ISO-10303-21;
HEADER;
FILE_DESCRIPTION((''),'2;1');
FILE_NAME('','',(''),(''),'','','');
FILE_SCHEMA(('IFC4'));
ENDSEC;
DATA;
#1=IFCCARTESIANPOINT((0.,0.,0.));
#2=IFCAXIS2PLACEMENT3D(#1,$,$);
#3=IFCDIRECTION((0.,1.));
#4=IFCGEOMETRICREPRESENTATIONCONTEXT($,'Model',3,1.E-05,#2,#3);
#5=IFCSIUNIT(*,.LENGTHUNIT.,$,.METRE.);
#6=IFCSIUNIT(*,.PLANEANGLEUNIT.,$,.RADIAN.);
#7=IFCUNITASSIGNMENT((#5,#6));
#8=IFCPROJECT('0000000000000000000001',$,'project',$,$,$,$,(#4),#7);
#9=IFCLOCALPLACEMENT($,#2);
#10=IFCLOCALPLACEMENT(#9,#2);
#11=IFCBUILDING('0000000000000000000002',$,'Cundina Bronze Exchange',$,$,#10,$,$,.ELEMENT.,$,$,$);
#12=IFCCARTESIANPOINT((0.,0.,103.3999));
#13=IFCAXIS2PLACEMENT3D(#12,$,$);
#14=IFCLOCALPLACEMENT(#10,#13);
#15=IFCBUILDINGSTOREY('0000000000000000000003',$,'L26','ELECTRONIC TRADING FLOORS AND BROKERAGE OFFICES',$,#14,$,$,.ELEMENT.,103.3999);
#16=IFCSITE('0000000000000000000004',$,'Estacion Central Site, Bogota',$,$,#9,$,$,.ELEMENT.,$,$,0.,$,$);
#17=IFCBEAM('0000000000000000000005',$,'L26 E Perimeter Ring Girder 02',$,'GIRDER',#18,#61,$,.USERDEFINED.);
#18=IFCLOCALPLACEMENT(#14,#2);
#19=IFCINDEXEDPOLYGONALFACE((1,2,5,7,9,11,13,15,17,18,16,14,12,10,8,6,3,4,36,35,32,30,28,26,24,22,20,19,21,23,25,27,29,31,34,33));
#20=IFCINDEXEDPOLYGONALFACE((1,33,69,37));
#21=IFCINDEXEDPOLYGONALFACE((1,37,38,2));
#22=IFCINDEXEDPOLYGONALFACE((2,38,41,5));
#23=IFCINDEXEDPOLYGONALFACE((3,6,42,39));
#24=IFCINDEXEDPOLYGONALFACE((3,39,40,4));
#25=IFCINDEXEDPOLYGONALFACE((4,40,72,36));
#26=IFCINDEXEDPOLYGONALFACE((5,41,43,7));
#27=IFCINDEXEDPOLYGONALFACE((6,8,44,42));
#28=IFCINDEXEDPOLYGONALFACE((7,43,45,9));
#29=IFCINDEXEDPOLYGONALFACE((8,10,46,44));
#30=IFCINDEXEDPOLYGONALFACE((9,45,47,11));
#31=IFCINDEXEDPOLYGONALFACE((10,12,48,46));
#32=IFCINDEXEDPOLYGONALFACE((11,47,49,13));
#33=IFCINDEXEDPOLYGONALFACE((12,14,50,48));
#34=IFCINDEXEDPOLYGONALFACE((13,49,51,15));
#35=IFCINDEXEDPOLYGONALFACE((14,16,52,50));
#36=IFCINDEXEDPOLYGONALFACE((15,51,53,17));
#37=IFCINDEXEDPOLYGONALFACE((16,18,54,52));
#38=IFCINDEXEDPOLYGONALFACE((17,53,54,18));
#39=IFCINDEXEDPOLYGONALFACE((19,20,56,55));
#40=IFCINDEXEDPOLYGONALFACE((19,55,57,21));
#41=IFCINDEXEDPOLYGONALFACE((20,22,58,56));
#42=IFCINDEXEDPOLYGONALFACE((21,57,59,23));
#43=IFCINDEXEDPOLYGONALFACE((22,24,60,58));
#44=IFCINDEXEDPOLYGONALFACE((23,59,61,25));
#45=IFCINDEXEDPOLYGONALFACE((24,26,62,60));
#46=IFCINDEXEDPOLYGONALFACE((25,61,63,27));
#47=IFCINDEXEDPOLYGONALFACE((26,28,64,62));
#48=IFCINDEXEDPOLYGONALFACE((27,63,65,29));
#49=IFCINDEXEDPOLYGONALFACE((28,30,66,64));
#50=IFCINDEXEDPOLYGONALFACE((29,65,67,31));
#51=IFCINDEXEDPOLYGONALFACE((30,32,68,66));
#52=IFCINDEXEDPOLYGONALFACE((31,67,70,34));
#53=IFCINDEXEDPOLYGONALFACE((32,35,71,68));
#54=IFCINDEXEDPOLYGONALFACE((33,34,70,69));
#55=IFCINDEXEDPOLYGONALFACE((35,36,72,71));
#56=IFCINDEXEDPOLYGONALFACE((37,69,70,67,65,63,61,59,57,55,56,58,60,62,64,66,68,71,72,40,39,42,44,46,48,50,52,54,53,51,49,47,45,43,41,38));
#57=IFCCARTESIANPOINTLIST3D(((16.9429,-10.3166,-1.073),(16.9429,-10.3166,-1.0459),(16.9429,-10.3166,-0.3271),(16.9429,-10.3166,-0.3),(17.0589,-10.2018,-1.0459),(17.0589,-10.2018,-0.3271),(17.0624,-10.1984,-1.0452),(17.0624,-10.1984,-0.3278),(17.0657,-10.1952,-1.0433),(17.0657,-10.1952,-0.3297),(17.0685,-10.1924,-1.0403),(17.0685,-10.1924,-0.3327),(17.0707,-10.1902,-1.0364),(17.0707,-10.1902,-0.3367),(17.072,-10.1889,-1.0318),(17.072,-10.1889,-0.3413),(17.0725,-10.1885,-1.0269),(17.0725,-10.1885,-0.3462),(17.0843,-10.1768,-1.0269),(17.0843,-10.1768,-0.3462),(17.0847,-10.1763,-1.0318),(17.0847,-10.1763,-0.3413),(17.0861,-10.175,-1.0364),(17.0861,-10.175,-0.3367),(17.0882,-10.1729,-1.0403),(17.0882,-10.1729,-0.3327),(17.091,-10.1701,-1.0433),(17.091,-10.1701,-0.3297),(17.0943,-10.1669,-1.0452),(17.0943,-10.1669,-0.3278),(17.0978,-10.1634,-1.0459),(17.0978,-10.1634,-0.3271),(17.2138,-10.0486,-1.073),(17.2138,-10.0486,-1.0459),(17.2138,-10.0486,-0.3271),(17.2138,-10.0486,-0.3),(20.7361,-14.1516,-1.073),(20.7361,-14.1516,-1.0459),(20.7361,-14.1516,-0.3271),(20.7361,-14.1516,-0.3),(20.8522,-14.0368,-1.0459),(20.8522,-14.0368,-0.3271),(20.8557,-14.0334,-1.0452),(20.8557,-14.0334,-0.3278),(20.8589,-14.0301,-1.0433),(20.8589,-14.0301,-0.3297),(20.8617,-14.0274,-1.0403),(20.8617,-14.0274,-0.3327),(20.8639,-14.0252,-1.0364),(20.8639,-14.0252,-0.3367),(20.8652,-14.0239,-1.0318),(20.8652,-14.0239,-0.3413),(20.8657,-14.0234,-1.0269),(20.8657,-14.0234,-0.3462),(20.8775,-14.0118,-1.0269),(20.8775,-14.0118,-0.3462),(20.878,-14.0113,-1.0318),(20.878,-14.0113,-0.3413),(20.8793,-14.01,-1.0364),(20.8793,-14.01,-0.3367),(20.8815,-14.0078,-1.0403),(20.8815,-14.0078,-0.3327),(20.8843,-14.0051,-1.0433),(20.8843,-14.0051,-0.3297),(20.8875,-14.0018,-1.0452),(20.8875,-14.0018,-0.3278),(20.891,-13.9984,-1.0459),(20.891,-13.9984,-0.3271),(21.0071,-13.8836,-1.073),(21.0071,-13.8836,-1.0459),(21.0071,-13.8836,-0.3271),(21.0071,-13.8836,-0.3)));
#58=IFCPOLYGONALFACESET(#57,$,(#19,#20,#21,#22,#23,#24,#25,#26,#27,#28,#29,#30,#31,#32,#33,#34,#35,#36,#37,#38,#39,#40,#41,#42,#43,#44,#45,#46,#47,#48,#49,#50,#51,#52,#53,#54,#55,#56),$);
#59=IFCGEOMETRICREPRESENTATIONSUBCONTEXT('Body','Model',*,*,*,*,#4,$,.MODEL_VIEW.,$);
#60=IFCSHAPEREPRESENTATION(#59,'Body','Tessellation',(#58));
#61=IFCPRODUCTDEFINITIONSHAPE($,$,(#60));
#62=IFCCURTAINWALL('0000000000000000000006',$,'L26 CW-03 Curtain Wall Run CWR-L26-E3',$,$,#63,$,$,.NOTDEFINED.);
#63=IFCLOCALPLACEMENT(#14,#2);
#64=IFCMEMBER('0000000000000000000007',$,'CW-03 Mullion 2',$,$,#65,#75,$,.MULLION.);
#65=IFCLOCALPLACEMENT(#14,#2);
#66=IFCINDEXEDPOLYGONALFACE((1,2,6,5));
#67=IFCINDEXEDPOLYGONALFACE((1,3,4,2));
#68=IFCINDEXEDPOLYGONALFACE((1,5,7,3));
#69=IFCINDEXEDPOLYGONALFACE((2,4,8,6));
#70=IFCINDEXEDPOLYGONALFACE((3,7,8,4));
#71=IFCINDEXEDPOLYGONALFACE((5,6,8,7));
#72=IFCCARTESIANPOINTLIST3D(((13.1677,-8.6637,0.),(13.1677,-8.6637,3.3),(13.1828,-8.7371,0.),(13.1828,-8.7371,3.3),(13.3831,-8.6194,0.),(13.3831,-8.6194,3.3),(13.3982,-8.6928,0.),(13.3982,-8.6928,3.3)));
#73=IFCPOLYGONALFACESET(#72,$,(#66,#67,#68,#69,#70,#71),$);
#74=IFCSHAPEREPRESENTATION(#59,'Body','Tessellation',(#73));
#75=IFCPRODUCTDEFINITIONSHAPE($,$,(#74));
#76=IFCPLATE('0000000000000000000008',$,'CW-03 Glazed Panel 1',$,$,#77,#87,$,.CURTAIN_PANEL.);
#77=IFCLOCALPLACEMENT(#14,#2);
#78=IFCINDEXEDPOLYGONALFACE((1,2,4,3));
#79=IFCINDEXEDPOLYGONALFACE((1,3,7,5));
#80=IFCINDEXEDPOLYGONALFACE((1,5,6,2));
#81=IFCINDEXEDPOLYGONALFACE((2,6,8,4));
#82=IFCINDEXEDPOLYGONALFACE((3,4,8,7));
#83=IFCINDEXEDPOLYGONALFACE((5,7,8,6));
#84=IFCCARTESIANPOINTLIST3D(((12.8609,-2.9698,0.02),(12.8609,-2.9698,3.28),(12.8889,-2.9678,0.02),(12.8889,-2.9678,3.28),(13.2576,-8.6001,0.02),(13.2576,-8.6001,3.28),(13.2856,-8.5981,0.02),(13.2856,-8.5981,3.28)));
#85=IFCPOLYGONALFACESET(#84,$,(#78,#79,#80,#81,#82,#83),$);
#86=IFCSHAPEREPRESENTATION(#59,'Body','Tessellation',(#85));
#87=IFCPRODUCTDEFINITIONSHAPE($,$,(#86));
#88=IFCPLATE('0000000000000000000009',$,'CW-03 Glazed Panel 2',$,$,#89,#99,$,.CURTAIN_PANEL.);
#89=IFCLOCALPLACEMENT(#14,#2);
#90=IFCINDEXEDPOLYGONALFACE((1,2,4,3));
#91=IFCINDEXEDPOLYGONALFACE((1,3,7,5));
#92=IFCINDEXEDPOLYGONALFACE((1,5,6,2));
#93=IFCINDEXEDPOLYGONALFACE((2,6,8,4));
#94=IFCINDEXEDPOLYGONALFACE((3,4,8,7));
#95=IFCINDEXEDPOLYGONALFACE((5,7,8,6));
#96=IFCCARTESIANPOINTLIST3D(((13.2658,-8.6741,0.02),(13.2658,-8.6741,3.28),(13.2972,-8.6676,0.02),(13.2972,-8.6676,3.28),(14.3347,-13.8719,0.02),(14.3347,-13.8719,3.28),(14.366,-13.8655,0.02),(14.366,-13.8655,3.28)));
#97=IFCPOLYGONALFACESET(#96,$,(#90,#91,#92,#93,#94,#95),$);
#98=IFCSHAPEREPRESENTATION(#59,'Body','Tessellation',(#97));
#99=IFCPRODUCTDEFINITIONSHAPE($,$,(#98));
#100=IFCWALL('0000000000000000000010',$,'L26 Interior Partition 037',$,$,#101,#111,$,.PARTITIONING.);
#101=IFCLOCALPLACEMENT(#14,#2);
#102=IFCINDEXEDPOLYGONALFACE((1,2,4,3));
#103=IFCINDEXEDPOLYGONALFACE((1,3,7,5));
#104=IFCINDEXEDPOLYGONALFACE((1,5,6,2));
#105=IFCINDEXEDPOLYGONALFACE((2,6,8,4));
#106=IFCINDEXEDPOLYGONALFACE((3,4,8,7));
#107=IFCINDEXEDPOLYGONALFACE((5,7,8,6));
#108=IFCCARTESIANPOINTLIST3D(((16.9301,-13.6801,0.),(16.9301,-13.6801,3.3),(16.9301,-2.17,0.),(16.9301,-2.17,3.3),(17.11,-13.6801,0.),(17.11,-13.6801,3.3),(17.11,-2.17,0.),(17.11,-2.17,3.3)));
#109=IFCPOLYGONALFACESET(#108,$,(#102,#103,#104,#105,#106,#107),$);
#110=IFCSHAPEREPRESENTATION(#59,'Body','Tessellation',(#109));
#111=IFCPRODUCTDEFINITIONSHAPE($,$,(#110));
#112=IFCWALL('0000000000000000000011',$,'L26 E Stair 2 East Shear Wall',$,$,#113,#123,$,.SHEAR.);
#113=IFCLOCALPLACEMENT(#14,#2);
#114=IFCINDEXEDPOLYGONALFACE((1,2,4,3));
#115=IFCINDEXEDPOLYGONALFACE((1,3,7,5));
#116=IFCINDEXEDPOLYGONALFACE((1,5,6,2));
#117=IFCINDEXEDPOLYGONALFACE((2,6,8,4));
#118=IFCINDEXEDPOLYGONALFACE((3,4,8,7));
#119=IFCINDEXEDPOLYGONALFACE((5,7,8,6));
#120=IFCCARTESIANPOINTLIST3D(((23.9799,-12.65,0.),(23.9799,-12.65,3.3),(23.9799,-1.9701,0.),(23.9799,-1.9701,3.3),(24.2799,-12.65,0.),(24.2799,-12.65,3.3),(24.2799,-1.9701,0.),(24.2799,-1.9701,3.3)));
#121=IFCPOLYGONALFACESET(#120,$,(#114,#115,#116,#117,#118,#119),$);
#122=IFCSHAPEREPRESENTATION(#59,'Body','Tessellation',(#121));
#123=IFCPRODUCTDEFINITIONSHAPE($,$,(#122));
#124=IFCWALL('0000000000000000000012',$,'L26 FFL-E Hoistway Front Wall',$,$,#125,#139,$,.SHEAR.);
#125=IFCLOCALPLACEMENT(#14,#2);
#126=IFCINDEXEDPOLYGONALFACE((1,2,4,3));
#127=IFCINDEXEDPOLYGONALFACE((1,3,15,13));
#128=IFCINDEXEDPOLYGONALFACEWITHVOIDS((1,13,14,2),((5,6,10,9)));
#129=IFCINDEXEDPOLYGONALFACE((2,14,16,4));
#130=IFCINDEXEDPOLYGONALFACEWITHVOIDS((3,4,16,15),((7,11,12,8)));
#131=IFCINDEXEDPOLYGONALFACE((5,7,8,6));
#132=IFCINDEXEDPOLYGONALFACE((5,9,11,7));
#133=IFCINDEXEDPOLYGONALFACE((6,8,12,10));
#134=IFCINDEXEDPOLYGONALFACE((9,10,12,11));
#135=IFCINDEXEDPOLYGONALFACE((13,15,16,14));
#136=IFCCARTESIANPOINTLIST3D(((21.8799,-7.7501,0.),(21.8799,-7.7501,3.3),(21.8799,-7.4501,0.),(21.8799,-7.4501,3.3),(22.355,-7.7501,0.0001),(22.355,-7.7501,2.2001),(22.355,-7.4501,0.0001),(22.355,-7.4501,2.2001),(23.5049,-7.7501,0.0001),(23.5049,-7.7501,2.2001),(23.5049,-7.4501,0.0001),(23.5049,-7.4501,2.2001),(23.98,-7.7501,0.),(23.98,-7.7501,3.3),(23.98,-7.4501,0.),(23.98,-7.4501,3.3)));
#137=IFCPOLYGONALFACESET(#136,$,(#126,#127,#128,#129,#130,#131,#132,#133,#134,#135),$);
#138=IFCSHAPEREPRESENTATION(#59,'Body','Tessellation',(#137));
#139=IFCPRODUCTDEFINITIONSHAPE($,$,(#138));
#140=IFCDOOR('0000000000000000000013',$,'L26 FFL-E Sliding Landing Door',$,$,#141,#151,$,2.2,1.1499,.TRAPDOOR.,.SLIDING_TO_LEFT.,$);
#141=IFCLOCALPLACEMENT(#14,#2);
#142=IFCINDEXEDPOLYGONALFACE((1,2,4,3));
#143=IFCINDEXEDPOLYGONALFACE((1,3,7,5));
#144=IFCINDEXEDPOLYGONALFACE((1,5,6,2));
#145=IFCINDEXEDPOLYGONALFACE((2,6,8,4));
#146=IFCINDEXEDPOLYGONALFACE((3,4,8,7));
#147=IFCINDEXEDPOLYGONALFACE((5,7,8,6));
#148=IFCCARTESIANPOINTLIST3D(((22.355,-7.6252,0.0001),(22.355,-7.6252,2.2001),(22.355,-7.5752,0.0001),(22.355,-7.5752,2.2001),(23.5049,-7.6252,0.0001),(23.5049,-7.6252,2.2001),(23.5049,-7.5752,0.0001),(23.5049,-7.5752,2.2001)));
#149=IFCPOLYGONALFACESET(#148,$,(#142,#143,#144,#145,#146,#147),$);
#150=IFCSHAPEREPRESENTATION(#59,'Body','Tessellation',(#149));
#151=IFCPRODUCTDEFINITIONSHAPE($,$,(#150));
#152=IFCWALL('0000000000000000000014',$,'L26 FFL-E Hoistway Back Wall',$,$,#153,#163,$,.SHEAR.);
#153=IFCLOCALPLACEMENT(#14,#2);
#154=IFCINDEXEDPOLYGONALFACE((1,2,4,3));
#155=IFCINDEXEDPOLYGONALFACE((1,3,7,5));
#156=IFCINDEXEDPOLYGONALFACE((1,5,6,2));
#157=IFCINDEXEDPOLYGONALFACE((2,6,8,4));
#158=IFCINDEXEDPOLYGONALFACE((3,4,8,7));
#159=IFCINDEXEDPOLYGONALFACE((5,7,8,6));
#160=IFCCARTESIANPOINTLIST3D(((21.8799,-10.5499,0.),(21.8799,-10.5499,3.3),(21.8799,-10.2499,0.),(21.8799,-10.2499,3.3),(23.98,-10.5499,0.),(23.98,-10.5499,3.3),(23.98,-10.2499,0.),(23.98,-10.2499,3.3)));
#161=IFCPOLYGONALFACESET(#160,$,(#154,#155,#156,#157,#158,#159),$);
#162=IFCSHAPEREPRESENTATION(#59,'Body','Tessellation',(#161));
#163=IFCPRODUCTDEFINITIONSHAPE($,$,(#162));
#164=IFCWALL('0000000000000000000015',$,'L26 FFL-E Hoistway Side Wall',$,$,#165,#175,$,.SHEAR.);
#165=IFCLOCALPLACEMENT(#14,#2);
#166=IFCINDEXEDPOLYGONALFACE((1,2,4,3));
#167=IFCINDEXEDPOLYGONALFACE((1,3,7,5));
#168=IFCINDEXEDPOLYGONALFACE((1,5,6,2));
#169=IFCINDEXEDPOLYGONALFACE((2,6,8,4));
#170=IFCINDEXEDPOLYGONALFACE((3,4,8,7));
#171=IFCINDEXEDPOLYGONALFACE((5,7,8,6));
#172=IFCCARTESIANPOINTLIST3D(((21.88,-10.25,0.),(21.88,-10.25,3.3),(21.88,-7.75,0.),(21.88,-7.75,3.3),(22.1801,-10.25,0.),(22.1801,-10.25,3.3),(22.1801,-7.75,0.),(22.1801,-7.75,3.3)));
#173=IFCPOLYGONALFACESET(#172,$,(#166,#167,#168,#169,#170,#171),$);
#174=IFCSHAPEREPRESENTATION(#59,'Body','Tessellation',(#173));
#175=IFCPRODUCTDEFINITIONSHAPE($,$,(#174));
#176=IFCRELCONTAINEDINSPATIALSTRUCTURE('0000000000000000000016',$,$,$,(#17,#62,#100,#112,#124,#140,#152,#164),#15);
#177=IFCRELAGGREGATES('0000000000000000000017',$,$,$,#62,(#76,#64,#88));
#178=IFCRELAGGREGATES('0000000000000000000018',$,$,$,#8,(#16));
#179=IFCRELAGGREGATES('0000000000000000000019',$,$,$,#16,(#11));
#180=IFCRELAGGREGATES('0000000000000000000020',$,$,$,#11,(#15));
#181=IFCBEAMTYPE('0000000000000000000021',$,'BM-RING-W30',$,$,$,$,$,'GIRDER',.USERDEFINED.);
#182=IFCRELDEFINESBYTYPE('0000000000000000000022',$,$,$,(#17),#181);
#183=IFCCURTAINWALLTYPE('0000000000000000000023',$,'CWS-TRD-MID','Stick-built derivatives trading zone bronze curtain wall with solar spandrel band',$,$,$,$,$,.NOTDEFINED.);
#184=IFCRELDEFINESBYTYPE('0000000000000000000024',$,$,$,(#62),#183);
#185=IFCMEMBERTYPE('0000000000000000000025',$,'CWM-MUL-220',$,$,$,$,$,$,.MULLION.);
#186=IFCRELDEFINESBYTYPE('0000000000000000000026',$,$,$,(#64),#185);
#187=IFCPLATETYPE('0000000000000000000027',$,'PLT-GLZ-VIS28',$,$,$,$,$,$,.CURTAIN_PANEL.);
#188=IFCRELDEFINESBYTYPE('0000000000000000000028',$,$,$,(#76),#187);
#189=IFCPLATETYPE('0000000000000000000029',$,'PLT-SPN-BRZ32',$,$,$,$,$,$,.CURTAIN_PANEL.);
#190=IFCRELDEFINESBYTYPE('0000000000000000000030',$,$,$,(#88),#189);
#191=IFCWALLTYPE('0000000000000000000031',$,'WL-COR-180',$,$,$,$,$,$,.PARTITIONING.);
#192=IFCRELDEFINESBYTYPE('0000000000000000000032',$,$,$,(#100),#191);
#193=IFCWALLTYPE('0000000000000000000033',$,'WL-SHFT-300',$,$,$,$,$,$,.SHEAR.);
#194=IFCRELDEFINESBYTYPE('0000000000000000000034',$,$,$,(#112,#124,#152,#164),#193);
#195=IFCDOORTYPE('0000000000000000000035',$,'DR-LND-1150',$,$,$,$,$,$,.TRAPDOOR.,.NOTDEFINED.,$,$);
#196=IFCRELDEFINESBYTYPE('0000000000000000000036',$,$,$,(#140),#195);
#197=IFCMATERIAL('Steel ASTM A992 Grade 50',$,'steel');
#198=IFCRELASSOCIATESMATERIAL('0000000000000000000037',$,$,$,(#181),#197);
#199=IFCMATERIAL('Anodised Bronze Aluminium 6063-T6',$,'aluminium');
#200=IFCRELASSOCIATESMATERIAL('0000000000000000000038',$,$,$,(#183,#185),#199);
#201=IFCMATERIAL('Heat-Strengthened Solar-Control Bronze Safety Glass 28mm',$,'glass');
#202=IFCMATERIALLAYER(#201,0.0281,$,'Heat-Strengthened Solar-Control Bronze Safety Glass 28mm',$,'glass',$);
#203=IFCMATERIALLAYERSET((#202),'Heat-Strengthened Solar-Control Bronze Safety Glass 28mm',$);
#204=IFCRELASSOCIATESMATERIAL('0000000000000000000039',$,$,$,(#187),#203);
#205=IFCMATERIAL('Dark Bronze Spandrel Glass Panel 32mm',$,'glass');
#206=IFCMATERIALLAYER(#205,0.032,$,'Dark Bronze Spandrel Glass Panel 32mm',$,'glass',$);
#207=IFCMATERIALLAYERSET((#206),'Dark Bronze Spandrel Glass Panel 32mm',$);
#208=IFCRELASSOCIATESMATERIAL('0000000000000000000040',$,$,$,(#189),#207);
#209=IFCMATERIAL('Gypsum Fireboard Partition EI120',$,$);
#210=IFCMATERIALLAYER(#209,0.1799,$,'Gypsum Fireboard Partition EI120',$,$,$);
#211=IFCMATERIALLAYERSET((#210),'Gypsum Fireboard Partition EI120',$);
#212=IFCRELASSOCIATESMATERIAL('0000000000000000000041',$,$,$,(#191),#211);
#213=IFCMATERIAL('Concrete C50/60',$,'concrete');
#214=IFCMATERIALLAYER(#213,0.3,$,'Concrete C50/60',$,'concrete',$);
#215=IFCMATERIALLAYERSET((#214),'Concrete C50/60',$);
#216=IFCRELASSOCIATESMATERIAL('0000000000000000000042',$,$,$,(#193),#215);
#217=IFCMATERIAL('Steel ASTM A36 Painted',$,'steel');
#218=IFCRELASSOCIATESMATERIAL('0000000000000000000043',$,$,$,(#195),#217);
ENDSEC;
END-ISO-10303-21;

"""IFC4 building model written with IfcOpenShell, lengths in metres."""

from ifc_helpers import new_model, si_unit, direction, frame, frame_2d, origin, origin_2d, place, context, subcontext, project, spatial, rectangle, i_section, extrude, material, layer, layer_set, material_profile, profile_set, type_object, element, fill, aggregate, save


model = new_model("IFC4")

# Units and contexts
model_context = context("Model", 3, precision=1e-05, world=origin(), true_north=direction((0.0, 1.0)))
body_context = subcontext(model_context, "Body", "Model", "MODEL_VIEW")
ifc_project = project(units=[si_unit("LENGTHUNIT", "METRE"), si_unit("PLANEANGLEUNIT", "RADIAN")], contexts=[model_context])

# Site, building, storey
site_placement = place(None, origin())
site = spatial("IfcSite", under=ifc_project, at=site_placement, Name="Estacion Central Site, Bogota", CompositionType="ELEMENT", RefElevation=0.0)
building_placement = place(site_placement, origin())
building = spatial("IfcBuilding", under=site, at=building_placement, Name="Cundina Bronze Exchange", CompositionType="ELEMENT")
storey_placement = place(building_placement, frame((0.0, 0.0, 103.3999)))
storey = spatial("IfcBuildingStorey", under=building, at=storey_placement, Name="L26", Description="ELECTRONIC TRADING FLOORS AND BROKERAGE OFFICES", CompositionType="ELEMENT", Elevation=103.3999)

# Beam
ifc_material_1 = material(Name="Steel ASTM A992 Grade 50", Category="steel")
ifc_material_profile_1 = material_profile(ifc_material_1, i_section(OverallWidth=0.3811, OverallDepth=0.7729, WebThickness=0.0166, FlangeThickness=0.0271, FilletRadius=0.019, at=origin_2d()), Name="W30X173", Category="steel")
ifc_profile_set_1 = profile_set([ifc_material_profile_1], Name="Steel ASTM A992 Grade 50")
beam_type_1 = type_object("IfcBeamType", Name="BM-RING-W30", ElementType="GIRDER", PredefinedType="USERDEFINED", material=ifc_profile_set_1)
beam_1_placement = place(storey_placement, frame((17.0784, -10.1826, -0.6865), z_axis=(0.703226, -0.710966, 0.0), x_axis=(0.710966, 0.703226, 0.0)))
element("IfcBeam", 1, at=beam_1_placement, inside=storey, type_object=beam_type_1, Name="L26 E Perimeter Ring Girder 02", ObjectType="GIRDER", PredefinedType="USERDEFINED", context=body_context, shape_type="SweptSolid", body=[
    extrude(i_section(OverallWidth=0.3811, OverallDepth=0.7729, WebThickness=0.0166, FlangeThickness=0.0271, FilletRadius=0.019, at=origin_2d()), origin(), (0.0, 0.0, 1.0), 5.394),
])

# Curtain wall, member, plates
ifc_material_2 = material(Name="Anodised Bronze Aluminium 6063-T6", Category="aluminium")
curtain_wall_type = type_object("IfcCurtainWallType", Name="CWS-TRD-MID", Description="Stick-built derivatives trading zone bronze curtain wall with solar spandrel band", PredefinedType="NOTDEFINED", material=ifc_material_2)
curtain_wall_placement = place(storey_placement, origin())
curtain_wall = element("IfcCurtainWall", 2, at=curtain_wall_placement, inside=storey, type_object=curtain_wall_type, Name="L26 CW-03 Curtain Wall Run CWR-L26-E3", PredefinedType="NOTDEFINED")
ifc_material_profile_2 = material_profile(ifc_material_2, rectangle(XDim=0.075, YDim=0.22, at=origin_2d()), Name="AL75X220", Category="aluminium")
ifc_profile_set_2 = profile_set([ifc_material_profile_2], Name="Anodised Bronze Aluminium 6063-T6")
member_type = type_object("IfcMemberType", Name="CWM-MUL-220", PredefinedType="MULLION", material=ifc_profile_set_2)
member_placement = place(storey_placement, frame((13.283, -8.6782, 0.0), z_axis=(0.0, 0.0, 1.0), x_axis=(0.20142, -0.979505, 0.0)))
member = element("IfcMember", 3, at=member_placement, type_object=member_type, Name="CW-03 Mullion 2", PredefinedType="MULLION", context=body_context, shape_type="SweptSolid", body=[
    extrude(rectangle(XDim=0.075, YDim=0.22, at=origin_2d()), origin(), (0.0, 0.0, 1.0), 3.3),
])
ifc_material_3 = material(Name="Heat-Strengthened Solar-Control Bronze Safety Glass 28mm", Category="glass")
ifc_layer_1 = layer(ifc_material_3, 0.0281, Name="Heat-Strengthened Solar-Control Bronze Safety Glass 28mm", Category="glass")
ifc_layer_set_1 = layer_set([ifc_layer_1], Name="Heat-Strengthened Solar-Control Bronze Safety Glass 28mm")
plate_type_1 = type_object("IfcPlateType", Name="PLT-GLZ-VIS28", PredefinedType="CURTAIN_PANEL", material=ifc_layer_set_1)
plate_1_placement = place(storey_placement, frame((13.0732, -5.7839, 0.02), z_axis=(0.0, 0.0, 1.0), x_axis=(0.070279, -0.997527, 0.0)))
plate_1 = element("IfcPlate", 4, at=plate_1_placement, type_object=plate_type_1, Name="CW-03 Glazed Panel 1", PredefinedType="CURTAIN_PANEL", context=body_context, shape_type="SweptSolid", body=[
    extrude(rectangle(XDim=5.6443, YDim=0.0281, at=origin_2d()), origin(), (0.0, 0.0, 1.0), 3.26),
])
ifc_material_4 = material(Name="Dark Bronze Spandrel Glass Panel 32mm", Category="glass")
ifc_layer_2 = layer(ifc_material_4, 0.032, Name="Dark Bronze Spandrel Glass Panel 32mm", Category="glass")
ifc_layer_set_2 = layer_set([ifc_layer_2], Name="Dark Bronze Spandrel Glass Panel 32mm")
plate_type_2 = type_object("IfcPlateType", Name="PLT-SPN-BRZ32", PredefinedType="CURTAIN_PANEL", material=ifc_layer_set_2)
plate_2_placement = place(storey_placement, frame((13.8159, -11.2698, 0.02), z_axis=(0.0, 0.0, 1.0), x_axis=(0.20142, -0.979505, 0.0)))
plate_2 = element("IfcPlate", 5, at=plate_2_placement, type_object=plate_type_2, Name="CW-03 Glazed Panel 2", PredefinedType="CURTAIN_PANEL", context=body_context, shape_type="SweptSolid", body=[
    extrude(rectangle(XDim=5.3066, YDim=0.032, at=origin_2d()), origin(), (0.0, 0.0, 1.0), 3.26),
])
aggregate(curtain_wall, [plate_1, member, plate_2])

# Walls
ifc_material_5 = material(Name="Gypsum Fireboard Partition EI120")
ifc_layer_3 = layer(ifc_material_5, 0.1799, Name="Gypsum Fireboard Partition EI120")
ifc_layer_set_3 = layer_set([ifc_layer_3], Name="Gypsum Fireboard Partition EI120")
wall_type_1 = type_object("IfcWallType", Name="WL-COR-180", PredefinedType="PARTITIONING", material=ifc_layer_set_3)
wall_1_placement = place(storey_placement, frame((17.02, -13.6799, 0.0), z_axis=(0.0, 0.0, 1.0), x_axis=(0.0, 1.0, 0.0)))
element("IfcWall", 6, at=wall_1_placement, inside=storey, type_object=wall_type_1, Name="L26 Interior Partition 037", PredefinedType="PARTITIONING", context=body_context, shape_type="SweptSolid", body=[
    extrude(rectangle(XDim=11.51, YDim=0.1799, at=frame_2d((5.7549, 0.0))), origin(), (0.0, 0.0, 1.0), 3.3),
])
ifc_material_6 = material(Name="Concrete C50/60", Category="concrete")
ifc_layer_4 = layer(ifc_material_6, 0.3, Name="Concrete C50/60", Category="concrete")
ifc_layer_set_4 = layer_set([ifc_layer_4], Name="Concrete C50/60")
wall_type_2 = type_object("IfcWallType", Name="WL-SHFT-300", PredefinedType="SHEAR", material=ifc_layer_set_4)
wall_2_placement = place(storey_placement, frame((24.1299, -12.6499, 0.0), z_axis=(0.0, 0.0, 1.0), x_axis=(0.0, 1.0, 0.0)))
element("IfcWall", 7, at=wall_2_placement, inside=storey, type_object=wall_type_2, Name="L26 E Stair 2 East Shear Wall", PredefinedType="SHEAR", context=body_context, shape_type="SweptSolid", body=[
    extrude(rectangle(XDim=10.6799, YDim=0.3, at=frame_2d((5.3398, 0.0))), origin(), (0.0, 0.0, 1.0), 3.3),
])

# Wall, opening, door
ifc_material_7 = material(Name="Steel ASTM A36 Painted", Category="steel")
wall_3_placement = place(storey_placement, frame((21.8799, -7.6001, 0.0), z_axis=(0.0, 0.0, 1.0), x_axis=(1.0, 0.0, 0.0)))
wall_3 = element("IfcWall", 8, at=wall_3_placement, inside=storey, type_object=wall_type_2, Name="L26 FFL-E Hoistway Front Wall", PredefinedType="SHEAR", context=body_context, shape_type="SweptSolid", body=[
    extrude(rectangle(XDim=2.1001, YDim=0.3, at=frame_2d((1.05, 0.0))), origin(), (0.0, 0.0, 1.0), 3.3),
])
opening_1_placement = place(wall_3_placement, frame((0.4751, 0.0, 0.0)))
opening_1 = element("IfcOpeningElement", 9, at=opening_1_placement, cuts=wall_3, PredefinedType="OPENING", context=body_context, shape_type="SweptSolid", body=[
    extrude(rectangle(XDim=1.1499, YDim=2.2, at=frame_2d((0.575, 1.1001))), frame((0.0, 0.1599, 0.0), z_axis=(0.0, -1.0, 0.0), x_axis=(1.0, 0.0, 0.0)), (0.0, 0.0, 1.0), 0.3201),
])
door_type_1 = type_object("IfcDoorType", Name="DR-LND-1150", OperationType="NOTDEFINED", PredefinedType="TRAPDOOR", material=ifc_material_7)
door_1_placement = place(opening_1_placement, origin())
door_1 = element("IfcDoor", 10, at=door_1_placement, inside=storey, type_object=door_type_1, Name="L26 FFL-E Sliding Landing Door", OperationType="SLIDING_TO_LEFT", OverallHeight=2.2, OverallWidth=1.1499, PredefinedType="TRAPDOOR", context=body_context, shape_type="SweptSolid", body=[
    extrude(rectangle(XDim=1.1499, YDim=2.2, at=frame_2d((0.575, 1.1001))), frame((0.0, 0.0249, 0.0), z_axis=(0.0, -1.0, 0.0), x_axis=(1.0, 0.0, 0.0)), (0.0, 0.0, 1.0), 0.05),
])
fill(opening_1, door_1)

# Walls
wall_4_placement = place(storey_placement, frame((21.8799, -10.3999, 0.0), z_axis=(0.0, 0.0, 1.0), x_axis=(1.0, 0.0, 0.0)))
element("IfcWall", 11, at=wall_4_placement, inside=storey, type_object=wall_type_2, Name="L26 FFL-E Hoistway Back Wall", PredefinedType="SHEAR", context=body_context, shape_type="SweptSolid", body=[
    extrude(rectangle(XDim=2.1001, YDim=0.3, at=frame_2d((1.05, 0.0))), origin(), (0.0, 0.0, 1.0), 3.3),
])
wall_5_placement = place(storey_placement, frame((22.03, -10.25, 0.0), z_axis=(0.0, 0.0, 1.0), x_axis=(0.0, 1.0, 0.0)))
element("IfcWall", 12, at=wall_5_placement, inside=storey, type_object=wall_type_2, Name="L26 FFL-E Hoistway Side Wall", PredefinedType="SHEAR", context=body_context, shape_type="SweptSolid", body=[
    extrude(rectangle(XDim=2.5, YDim=0.3, at=frame_2d((1.25, 0.0))), origin(), (0.0, 0.0, 1.0), 3.3),
])

save(model, "model.ifc")
